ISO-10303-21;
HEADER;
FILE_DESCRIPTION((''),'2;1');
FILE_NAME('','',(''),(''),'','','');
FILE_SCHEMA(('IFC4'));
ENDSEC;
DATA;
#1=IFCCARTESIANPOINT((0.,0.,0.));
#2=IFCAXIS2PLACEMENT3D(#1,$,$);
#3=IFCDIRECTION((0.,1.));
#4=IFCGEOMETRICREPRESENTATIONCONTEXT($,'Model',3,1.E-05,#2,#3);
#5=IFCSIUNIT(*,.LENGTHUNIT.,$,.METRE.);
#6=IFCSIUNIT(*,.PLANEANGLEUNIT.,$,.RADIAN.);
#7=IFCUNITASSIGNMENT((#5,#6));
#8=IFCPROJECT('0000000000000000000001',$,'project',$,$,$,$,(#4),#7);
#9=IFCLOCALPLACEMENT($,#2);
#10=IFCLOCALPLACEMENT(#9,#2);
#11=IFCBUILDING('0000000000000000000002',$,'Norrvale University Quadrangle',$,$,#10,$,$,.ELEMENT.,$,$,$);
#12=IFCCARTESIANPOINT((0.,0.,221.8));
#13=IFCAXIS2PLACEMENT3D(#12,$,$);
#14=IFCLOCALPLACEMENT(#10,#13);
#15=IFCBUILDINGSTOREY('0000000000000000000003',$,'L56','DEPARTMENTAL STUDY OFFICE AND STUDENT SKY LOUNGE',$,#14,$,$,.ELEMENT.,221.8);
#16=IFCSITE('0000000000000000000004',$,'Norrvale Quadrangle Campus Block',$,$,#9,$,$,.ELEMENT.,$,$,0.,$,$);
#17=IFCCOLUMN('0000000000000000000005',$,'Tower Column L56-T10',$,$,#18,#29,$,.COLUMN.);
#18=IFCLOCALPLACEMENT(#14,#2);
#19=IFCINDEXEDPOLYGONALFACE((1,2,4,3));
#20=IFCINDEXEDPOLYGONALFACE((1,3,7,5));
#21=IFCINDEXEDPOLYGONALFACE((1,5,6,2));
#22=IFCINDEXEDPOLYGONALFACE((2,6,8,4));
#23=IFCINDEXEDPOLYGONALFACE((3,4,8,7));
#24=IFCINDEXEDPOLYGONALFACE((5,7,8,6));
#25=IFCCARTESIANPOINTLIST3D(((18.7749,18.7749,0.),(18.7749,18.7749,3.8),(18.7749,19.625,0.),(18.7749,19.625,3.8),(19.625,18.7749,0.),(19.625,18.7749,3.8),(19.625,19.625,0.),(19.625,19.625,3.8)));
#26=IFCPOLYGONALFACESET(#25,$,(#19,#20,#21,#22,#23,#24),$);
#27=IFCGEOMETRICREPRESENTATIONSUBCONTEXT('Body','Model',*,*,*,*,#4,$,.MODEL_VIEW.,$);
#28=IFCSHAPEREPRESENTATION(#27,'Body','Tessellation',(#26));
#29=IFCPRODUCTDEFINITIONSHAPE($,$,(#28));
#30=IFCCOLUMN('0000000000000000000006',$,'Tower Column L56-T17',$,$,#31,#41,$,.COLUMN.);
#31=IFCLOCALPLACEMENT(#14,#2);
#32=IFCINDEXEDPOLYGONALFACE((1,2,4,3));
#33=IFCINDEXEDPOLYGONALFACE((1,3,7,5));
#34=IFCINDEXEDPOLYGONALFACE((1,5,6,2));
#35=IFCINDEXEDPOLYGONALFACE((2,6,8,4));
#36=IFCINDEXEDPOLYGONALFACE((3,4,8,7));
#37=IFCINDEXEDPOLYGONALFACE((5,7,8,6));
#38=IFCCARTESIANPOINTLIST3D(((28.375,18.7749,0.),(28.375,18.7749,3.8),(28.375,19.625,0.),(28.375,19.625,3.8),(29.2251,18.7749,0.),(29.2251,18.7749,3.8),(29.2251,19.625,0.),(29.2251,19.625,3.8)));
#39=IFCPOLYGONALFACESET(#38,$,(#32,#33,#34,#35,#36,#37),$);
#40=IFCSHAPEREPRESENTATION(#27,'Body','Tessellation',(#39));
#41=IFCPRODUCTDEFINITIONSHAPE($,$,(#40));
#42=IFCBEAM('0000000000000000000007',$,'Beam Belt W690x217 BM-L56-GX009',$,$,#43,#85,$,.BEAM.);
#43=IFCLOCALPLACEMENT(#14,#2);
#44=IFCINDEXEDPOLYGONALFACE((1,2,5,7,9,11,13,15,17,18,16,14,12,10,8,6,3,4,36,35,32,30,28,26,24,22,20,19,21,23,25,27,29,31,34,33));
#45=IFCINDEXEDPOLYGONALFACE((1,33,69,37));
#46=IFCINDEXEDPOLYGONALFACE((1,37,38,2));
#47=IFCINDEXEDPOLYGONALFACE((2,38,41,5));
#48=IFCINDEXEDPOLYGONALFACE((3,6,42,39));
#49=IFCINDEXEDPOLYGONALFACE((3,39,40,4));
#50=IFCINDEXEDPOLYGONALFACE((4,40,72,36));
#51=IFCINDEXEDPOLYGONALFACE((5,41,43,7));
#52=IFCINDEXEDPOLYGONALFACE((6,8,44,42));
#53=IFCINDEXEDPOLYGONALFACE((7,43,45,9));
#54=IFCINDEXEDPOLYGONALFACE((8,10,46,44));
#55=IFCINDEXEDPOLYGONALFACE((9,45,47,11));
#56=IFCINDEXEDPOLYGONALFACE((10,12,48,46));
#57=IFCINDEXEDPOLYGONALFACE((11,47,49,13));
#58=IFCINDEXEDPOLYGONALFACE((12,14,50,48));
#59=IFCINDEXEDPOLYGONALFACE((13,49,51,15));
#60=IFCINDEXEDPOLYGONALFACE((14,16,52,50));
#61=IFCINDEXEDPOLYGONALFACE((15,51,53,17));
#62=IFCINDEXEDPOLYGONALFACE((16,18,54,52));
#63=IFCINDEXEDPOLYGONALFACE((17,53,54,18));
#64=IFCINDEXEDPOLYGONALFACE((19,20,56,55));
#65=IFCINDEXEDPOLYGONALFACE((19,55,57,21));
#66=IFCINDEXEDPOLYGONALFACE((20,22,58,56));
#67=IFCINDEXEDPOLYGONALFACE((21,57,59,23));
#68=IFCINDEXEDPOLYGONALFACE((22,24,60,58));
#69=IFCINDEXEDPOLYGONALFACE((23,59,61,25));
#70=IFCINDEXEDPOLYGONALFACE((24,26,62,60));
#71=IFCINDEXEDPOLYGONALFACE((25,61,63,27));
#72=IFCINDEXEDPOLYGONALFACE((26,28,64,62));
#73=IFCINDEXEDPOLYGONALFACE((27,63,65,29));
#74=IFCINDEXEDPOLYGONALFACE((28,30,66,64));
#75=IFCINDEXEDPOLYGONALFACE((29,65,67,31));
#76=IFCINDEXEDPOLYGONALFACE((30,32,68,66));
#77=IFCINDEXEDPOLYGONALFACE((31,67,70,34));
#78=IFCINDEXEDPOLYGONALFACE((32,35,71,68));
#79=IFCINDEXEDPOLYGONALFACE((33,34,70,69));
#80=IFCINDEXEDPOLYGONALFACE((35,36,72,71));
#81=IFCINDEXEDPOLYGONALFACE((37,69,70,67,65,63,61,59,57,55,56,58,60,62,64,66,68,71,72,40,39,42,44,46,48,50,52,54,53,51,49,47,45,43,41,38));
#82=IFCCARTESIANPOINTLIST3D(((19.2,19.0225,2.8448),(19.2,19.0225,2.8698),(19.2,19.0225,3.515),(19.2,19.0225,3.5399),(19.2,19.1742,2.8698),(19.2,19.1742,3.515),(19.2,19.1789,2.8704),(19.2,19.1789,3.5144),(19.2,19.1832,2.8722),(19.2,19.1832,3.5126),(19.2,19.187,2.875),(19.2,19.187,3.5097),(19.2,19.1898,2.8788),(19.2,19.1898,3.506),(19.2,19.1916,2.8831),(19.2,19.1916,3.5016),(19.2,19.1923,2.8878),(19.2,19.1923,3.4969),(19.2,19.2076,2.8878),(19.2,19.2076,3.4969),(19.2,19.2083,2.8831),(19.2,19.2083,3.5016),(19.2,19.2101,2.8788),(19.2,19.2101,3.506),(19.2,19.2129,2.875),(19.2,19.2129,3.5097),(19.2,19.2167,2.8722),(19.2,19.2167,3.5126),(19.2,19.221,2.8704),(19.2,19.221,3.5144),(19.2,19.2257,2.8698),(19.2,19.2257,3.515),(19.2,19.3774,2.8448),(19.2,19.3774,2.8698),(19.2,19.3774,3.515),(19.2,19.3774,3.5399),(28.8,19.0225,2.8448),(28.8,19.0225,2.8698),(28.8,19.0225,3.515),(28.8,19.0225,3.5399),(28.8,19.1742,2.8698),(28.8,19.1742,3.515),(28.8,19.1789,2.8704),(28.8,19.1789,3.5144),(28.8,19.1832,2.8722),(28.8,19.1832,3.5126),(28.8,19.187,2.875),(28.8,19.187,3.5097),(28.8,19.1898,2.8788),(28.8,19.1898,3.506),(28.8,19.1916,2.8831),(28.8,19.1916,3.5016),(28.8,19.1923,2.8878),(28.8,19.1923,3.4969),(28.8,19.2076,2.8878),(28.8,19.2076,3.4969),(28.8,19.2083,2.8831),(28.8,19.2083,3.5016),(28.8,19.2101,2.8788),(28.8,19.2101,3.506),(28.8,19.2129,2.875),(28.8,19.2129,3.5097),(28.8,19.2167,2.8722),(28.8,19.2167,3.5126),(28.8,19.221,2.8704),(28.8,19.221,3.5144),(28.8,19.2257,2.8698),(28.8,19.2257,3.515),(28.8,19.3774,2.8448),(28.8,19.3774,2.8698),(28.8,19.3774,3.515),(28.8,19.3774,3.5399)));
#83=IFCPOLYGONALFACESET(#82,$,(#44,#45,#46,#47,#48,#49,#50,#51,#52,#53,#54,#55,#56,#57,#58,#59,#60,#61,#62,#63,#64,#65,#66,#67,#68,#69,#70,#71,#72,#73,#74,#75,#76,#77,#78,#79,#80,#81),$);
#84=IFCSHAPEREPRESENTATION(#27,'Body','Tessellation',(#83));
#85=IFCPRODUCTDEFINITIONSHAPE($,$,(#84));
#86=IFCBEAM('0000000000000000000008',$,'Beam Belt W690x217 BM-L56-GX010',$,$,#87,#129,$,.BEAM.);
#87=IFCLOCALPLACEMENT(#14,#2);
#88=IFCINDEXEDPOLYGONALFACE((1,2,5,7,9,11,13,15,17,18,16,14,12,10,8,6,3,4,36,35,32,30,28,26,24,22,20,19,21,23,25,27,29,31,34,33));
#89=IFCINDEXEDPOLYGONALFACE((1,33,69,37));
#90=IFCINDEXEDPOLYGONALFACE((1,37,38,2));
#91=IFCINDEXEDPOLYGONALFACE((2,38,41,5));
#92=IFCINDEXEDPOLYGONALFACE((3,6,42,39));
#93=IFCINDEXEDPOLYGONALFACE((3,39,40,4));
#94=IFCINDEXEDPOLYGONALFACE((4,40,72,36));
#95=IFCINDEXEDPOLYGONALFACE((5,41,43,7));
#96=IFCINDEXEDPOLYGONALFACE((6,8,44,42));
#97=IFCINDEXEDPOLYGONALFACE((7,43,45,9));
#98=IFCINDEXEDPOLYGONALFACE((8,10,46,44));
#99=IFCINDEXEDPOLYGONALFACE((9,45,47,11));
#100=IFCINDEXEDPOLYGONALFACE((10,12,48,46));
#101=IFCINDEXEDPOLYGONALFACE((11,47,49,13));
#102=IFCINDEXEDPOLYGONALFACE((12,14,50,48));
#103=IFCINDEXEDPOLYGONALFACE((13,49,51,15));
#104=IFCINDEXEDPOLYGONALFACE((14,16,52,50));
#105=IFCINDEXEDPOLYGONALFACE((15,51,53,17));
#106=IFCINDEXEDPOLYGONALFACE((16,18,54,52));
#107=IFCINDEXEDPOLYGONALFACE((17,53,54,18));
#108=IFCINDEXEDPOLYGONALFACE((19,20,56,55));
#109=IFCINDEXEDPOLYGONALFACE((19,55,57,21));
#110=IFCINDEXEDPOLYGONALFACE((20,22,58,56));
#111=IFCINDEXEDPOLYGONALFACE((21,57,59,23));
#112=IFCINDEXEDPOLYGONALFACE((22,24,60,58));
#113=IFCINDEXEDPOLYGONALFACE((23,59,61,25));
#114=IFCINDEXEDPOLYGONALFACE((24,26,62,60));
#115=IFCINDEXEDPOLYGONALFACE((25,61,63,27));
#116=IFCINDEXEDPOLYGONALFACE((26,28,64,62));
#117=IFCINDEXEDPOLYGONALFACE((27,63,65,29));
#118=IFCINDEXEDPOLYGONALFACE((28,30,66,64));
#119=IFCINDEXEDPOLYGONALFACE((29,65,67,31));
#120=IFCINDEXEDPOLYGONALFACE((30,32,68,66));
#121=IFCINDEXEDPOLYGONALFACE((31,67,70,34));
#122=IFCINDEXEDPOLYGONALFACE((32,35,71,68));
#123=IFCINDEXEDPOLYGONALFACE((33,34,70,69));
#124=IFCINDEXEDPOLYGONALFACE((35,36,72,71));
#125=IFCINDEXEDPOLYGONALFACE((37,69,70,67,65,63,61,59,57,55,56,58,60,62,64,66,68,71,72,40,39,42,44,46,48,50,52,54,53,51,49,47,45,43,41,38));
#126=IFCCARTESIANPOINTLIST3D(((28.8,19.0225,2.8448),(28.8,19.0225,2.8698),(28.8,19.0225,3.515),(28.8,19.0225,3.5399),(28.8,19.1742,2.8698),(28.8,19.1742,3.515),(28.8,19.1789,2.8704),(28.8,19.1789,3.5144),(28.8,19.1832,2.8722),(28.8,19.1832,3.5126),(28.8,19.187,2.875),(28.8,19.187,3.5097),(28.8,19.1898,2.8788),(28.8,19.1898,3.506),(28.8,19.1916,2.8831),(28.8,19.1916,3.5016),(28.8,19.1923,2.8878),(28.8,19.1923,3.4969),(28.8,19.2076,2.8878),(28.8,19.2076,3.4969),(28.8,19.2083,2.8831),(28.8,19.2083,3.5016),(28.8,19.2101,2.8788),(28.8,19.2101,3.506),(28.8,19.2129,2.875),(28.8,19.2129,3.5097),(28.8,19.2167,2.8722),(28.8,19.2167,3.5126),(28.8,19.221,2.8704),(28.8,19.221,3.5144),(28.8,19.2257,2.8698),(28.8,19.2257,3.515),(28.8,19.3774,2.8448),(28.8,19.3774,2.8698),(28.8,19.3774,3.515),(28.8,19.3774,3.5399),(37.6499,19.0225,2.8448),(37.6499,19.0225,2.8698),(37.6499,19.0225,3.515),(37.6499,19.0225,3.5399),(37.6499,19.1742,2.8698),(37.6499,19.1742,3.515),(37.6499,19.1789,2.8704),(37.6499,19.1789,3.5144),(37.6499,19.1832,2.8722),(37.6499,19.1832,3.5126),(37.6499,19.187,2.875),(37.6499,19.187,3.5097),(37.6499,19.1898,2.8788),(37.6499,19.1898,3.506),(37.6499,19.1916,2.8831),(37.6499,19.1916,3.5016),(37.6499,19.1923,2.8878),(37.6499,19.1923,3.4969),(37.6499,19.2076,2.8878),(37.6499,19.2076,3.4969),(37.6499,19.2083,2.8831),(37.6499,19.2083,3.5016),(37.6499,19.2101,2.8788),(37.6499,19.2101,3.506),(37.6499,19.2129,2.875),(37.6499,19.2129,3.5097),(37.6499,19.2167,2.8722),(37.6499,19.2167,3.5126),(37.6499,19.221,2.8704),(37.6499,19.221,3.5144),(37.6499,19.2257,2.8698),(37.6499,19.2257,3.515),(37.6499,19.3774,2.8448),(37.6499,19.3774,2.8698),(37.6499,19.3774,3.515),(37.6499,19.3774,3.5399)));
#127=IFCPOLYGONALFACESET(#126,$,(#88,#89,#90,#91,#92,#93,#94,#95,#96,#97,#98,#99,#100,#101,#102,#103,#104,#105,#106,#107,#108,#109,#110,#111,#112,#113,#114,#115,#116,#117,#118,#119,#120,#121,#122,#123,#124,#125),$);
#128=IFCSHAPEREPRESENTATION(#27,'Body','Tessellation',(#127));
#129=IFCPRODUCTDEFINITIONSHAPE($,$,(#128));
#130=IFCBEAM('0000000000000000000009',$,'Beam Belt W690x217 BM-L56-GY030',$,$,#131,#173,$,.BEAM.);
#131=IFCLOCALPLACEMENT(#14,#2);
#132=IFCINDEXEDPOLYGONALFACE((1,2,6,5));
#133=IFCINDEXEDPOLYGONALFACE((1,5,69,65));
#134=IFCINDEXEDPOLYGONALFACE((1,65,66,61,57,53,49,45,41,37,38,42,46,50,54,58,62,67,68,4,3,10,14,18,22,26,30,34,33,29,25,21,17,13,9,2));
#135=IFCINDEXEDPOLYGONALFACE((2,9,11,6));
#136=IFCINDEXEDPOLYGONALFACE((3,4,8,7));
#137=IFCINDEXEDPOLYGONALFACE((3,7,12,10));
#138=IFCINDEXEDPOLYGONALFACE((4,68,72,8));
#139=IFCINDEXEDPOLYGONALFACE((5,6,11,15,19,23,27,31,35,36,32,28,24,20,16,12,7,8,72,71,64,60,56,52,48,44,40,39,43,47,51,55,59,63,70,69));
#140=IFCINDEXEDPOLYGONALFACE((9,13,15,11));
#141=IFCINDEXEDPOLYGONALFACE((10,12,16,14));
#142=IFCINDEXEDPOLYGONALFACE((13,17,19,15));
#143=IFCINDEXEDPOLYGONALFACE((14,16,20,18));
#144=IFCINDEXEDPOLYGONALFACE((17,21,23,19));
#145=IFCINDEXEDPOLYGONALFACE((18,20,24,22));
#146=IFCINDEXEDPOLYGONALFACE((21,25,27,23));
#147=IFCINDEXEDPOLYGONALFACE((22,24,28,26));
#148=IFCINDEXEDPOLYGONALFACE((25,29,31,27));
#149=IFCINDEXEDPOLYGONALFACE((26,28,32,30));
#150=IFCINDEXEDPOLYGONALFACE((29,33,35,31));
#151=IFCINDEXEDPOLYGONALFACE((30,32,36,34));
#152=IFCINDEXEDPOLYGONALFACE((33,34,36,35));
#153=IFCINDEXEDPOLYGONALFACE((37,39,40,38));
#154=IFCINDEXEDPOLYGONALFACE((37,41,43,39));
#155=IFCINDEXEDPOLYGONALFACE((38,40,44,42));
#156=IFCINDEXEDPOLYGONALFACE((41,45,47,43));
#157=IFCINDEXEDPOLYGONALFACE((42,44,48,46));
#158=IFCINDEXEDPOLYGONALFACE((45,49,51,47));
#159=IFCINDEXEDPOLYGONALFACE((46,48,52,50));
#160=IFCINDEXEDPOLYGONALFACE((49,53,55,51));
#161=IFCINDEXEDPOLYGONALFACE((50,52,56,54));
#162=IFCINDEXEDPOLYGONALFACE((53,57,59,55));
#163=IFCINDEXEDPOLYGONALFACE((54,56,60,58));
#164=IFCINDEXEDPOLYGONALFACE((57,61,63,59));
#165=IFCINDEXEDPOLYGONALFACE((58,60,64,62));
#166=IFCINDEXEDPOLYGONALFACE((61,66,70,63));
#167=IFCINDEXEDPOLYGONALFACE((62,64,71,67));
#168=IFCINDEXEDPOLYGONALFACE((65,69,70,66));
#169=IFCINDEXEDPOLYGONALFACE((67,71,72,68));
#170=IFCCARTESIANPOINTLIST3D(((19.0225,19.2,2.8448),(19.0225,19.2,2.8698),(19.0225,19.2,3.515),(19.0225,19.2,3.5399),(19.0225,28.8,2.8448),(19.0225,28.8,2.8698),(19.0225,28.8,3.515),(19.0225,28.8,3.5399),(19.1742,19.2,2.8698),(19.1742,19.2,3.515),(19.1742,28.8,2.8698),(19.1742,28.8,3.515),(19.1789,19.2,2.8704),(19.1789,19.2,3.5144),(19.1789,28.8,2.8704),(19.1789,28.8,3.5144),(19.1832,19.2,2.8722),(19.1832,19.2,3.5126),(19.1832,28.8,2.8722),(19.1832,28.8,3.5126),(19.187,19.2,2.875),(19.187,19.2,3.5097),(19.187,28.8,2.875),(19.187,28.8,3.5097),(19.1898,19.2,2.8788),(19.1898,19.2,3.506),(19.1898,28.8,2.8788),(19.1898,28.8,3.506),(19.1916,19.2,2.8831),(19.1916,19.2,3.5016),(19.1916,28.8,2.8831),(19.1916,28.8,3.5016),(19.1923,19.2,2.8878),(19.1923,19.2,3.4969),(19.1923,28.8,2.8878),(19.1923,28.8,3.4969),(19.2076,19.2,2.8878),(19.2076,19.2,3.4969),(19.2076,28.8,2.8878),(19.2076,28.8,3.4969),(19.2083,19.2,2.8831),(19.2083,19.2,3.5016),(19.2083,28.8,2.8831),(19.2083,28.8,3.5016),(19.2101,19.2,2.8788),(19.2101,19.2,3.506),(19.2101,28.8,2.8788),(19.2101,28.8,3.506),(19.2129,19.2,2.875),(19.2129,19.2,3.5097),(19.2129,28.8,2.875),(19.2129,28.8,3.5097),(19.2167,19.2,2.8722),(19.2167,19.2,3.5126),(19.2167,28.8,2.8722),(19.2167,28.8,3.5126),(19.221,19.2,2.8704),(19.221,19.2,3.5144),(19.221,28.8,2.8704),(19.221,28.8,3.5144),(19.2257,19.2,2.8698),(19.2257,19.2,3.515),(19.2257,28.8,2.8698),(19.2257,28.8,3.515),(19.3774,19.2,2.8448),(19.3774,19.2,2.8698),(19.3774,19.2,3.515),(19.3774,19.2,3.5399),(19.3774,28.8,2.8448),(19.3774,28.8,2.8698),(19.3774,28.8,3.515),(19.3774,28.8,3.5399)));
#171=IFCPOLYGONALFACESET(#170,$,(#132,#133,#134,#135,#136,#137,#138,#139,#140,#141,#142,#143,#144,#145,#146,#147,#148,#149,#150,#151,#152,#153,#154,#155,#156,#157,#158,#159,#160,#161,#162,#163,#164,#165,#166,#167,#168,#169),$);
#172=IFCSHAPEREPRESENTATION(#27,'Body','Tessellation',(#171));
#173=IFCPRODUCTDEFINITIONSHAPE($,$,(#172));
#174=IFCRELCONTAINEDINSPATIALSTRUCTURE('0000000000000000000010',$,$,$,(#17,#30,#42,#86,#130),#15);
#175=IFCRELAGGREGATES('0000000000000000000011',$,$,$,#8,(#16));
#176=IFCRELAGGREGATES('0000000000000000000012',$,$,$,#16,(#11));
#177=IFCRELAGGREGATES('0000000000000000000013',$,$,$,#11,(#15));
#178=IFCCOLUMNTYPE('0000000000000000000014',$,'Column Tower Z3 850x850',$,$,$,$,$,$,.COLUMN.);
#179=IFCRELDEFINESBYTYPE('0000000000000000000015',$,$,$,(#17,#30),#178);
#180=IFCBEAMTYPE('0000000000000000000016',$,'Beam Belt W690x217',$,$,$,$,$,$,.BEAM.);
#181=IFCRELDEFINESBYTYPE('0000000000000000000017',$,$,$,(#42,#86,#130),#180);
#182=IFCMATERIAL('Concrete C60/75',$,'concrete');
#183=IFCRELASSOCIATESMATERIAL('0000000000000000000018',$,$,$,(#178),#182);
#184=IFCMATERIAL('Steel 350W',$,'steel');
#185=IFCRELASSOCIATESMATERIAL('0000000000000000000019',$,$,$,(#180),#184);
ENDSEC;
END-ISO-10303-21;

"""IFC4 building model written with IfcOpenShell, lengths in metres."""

from ifc_helpers import new_model, si_unit, direction, frame, origin, origin_2d, place, context, subcontext, project, spatial, rectangle, i_section, extrude, material, material_profile, profile_set, type_object, element, save


model = new_model("IFC4")

# Units and contexts
model_context = context("Model", 3, precision=1e-05, world=origin(), true_north=direction((0.0, 1.0)))
body_context = subcontext(model_context, "Body", "Model", "MODEL_VIEW")
ifc_project = project(units=[si_unit("LENGTHUNIT", "METRE"), si_unit("PLANEANGLEUNIT", "RADIAN")], contexts=[model_context])

# Site, building, storey
site_placement = place(None, origin())
site = spatial("IfcSite", under=ifc_project, at=site_placement, Name="Norrvale Quadrangle Campus Block", CompositionType="ELEMENT", RefElevation=0.0)
building_placement = place(site_placement, origin())
building = spatial("IfcBuilding", under=site, at=building_placement, Name="Norrvale University Quadrangle", CompositionType="ELEMENT")
storey_placement = place(building_placement, frame((0.0, 0.0, 221.8)))
storey = spatial("IfcBuildingStorey", under=building, at=storey_placement, Name="L56", Description="DEPARTMENTAL STUDY OFFICE AND STUDENT SKY LOUNGE", CompositionType="ELEMENT", Elevation=221.8)

# Columns
ifc_material_1 = material(Name="Concrete C60/75", Category="concrete")
ifc_material_profile_1 = material_profile(ifc_material_1, rectangle(XDim=0.8501, YDim=0.8501, at=origin_2d()), Name="Concrete C60/75")
ifc_profile_set_1 = profile_set([ifc_material_profile_1], Name="Concrete C60/75")
column_type = type_object("IfcColumnType", Name="Column Tower Z3 850x850", PredefinedType="COLUMN", material=ifc_profile_set_1)
for number, where, z_axis, x_axis, name in (
    (1, (19.2, 19.2, 0.0), (0.0, 0.0, 1.0), (1.0, 0.0, 0.0), "Tower Column L56-T10"),
    (2, (28.8, 19.2, 0.0), (0.0, 0.0, 1.0), (1.0, 0.0, 0.0), "Tower Column L56-T17"),
):
    element("IfcColumn", number, at=place(storey_placement, frame(where, z_axis=z_axis, x_axis=x_axis)), inside=storey, type_object=column_type, Name=name, PredefinedType="COLUMN", context=body_context, shape_type="SweptSolid", body=[
        extrude(rectangle(XDim=0.8501, YDim=0.8501, at=origin_2d()), origin(), (0.0, 0.0, 1.0), 3.8),
    ])

# Beams
ifc_material_2 = material(Name="Steel 350W", Category="steel")
ifc_material_profile_2 = material_profile(ifc_material_2, i_section(OverallWidth=0.355, OverallDepth=0.6951, WebThickness=0.0154, FlangeThickness=0.0249, FilletRadius=0.0181, at=origin_2d()), Name="Steel 350W")
ifc_profile_set_2 = profile_set([ifc_material_profile_2], Name="Steel 350W")
beam_type_1 = type_object("IfcBeamType", Name="Beam Belt W690x217", PredefinedType="BEAM", material=ifc_profile_set_2)
beam_1_placement = place(storey_placement, frame((19.2, 19.2, 3.1924), z_axis=(1.0, 0.0, 0.0), x_axis=(0.0, 1.0, 0.0)))
element("IfcBeam", 3, at=beam_1_placement, inside=storey, type_object=beam_type_1, Name="Beam Belt W690x217 BM-L56-GX009", PredefinedType="BEAM", context=body_context, shape_type="SweptSolid", body=[
    extrude(i_section(OverallWidth=0.355, OverallDepth=0.6951, WebThickness=0.0154, FlangeThickness=0.0249, FilletRadius=0.0181, at=origin_2d()), origin(), (0.0, 0.0, 1.0), 9.6001),
])
beam_2_placement = place(storey_placement, frame((28.8, 19.2, 3.1924), z_axis=(1.0, 0.0, 0.0), x_axis=(0.0, 1.0, 0.0)))
element("IfcBeam", 4, at=beam_2_placement, inside=storey, type_object=beam_type_1, Name="Beam Belt W690x217 BM-L56-GX010", PredefinedType="BEAM", context=body_context, shape_type="SweptSolid", body=[
    extrude(i_section(OverallWidth=0.355, OverallDepth=0.6951, WebThickness=0.0154, FlangeThickness=0.0249, FilletRadius=0.0181, at=origin_2d()), origin(), (0.0, 0.0, 1.0), 8.8499),
])
beam_3_placement = place(storey_placement, frame((19.2, 19.2, 3.1924), z_axis=(0.0, 1.0, 0.0), x_axis=(-1.0, 0.0, 0.0)))
element("IfcBeam", 5, at=beam_3_placement, inside=storey, type_object=beam_type_1, Name="Beam Belt W690x217 BM-L56-GY030", PredefinedType="BEAM", context=body_context, shape_type="SweptSolid", body=[
    extrude(i_section(OverallWidth=0.355, OverallDepth=0.6951, WebThickness=0.0154, FlangeThickness=0.0249, FilletRadius=0.0181, at=origin_2d()), origin(), (0.0, 0.0, 1.0), 9.6001),
])

save(model, "model.ifc")
